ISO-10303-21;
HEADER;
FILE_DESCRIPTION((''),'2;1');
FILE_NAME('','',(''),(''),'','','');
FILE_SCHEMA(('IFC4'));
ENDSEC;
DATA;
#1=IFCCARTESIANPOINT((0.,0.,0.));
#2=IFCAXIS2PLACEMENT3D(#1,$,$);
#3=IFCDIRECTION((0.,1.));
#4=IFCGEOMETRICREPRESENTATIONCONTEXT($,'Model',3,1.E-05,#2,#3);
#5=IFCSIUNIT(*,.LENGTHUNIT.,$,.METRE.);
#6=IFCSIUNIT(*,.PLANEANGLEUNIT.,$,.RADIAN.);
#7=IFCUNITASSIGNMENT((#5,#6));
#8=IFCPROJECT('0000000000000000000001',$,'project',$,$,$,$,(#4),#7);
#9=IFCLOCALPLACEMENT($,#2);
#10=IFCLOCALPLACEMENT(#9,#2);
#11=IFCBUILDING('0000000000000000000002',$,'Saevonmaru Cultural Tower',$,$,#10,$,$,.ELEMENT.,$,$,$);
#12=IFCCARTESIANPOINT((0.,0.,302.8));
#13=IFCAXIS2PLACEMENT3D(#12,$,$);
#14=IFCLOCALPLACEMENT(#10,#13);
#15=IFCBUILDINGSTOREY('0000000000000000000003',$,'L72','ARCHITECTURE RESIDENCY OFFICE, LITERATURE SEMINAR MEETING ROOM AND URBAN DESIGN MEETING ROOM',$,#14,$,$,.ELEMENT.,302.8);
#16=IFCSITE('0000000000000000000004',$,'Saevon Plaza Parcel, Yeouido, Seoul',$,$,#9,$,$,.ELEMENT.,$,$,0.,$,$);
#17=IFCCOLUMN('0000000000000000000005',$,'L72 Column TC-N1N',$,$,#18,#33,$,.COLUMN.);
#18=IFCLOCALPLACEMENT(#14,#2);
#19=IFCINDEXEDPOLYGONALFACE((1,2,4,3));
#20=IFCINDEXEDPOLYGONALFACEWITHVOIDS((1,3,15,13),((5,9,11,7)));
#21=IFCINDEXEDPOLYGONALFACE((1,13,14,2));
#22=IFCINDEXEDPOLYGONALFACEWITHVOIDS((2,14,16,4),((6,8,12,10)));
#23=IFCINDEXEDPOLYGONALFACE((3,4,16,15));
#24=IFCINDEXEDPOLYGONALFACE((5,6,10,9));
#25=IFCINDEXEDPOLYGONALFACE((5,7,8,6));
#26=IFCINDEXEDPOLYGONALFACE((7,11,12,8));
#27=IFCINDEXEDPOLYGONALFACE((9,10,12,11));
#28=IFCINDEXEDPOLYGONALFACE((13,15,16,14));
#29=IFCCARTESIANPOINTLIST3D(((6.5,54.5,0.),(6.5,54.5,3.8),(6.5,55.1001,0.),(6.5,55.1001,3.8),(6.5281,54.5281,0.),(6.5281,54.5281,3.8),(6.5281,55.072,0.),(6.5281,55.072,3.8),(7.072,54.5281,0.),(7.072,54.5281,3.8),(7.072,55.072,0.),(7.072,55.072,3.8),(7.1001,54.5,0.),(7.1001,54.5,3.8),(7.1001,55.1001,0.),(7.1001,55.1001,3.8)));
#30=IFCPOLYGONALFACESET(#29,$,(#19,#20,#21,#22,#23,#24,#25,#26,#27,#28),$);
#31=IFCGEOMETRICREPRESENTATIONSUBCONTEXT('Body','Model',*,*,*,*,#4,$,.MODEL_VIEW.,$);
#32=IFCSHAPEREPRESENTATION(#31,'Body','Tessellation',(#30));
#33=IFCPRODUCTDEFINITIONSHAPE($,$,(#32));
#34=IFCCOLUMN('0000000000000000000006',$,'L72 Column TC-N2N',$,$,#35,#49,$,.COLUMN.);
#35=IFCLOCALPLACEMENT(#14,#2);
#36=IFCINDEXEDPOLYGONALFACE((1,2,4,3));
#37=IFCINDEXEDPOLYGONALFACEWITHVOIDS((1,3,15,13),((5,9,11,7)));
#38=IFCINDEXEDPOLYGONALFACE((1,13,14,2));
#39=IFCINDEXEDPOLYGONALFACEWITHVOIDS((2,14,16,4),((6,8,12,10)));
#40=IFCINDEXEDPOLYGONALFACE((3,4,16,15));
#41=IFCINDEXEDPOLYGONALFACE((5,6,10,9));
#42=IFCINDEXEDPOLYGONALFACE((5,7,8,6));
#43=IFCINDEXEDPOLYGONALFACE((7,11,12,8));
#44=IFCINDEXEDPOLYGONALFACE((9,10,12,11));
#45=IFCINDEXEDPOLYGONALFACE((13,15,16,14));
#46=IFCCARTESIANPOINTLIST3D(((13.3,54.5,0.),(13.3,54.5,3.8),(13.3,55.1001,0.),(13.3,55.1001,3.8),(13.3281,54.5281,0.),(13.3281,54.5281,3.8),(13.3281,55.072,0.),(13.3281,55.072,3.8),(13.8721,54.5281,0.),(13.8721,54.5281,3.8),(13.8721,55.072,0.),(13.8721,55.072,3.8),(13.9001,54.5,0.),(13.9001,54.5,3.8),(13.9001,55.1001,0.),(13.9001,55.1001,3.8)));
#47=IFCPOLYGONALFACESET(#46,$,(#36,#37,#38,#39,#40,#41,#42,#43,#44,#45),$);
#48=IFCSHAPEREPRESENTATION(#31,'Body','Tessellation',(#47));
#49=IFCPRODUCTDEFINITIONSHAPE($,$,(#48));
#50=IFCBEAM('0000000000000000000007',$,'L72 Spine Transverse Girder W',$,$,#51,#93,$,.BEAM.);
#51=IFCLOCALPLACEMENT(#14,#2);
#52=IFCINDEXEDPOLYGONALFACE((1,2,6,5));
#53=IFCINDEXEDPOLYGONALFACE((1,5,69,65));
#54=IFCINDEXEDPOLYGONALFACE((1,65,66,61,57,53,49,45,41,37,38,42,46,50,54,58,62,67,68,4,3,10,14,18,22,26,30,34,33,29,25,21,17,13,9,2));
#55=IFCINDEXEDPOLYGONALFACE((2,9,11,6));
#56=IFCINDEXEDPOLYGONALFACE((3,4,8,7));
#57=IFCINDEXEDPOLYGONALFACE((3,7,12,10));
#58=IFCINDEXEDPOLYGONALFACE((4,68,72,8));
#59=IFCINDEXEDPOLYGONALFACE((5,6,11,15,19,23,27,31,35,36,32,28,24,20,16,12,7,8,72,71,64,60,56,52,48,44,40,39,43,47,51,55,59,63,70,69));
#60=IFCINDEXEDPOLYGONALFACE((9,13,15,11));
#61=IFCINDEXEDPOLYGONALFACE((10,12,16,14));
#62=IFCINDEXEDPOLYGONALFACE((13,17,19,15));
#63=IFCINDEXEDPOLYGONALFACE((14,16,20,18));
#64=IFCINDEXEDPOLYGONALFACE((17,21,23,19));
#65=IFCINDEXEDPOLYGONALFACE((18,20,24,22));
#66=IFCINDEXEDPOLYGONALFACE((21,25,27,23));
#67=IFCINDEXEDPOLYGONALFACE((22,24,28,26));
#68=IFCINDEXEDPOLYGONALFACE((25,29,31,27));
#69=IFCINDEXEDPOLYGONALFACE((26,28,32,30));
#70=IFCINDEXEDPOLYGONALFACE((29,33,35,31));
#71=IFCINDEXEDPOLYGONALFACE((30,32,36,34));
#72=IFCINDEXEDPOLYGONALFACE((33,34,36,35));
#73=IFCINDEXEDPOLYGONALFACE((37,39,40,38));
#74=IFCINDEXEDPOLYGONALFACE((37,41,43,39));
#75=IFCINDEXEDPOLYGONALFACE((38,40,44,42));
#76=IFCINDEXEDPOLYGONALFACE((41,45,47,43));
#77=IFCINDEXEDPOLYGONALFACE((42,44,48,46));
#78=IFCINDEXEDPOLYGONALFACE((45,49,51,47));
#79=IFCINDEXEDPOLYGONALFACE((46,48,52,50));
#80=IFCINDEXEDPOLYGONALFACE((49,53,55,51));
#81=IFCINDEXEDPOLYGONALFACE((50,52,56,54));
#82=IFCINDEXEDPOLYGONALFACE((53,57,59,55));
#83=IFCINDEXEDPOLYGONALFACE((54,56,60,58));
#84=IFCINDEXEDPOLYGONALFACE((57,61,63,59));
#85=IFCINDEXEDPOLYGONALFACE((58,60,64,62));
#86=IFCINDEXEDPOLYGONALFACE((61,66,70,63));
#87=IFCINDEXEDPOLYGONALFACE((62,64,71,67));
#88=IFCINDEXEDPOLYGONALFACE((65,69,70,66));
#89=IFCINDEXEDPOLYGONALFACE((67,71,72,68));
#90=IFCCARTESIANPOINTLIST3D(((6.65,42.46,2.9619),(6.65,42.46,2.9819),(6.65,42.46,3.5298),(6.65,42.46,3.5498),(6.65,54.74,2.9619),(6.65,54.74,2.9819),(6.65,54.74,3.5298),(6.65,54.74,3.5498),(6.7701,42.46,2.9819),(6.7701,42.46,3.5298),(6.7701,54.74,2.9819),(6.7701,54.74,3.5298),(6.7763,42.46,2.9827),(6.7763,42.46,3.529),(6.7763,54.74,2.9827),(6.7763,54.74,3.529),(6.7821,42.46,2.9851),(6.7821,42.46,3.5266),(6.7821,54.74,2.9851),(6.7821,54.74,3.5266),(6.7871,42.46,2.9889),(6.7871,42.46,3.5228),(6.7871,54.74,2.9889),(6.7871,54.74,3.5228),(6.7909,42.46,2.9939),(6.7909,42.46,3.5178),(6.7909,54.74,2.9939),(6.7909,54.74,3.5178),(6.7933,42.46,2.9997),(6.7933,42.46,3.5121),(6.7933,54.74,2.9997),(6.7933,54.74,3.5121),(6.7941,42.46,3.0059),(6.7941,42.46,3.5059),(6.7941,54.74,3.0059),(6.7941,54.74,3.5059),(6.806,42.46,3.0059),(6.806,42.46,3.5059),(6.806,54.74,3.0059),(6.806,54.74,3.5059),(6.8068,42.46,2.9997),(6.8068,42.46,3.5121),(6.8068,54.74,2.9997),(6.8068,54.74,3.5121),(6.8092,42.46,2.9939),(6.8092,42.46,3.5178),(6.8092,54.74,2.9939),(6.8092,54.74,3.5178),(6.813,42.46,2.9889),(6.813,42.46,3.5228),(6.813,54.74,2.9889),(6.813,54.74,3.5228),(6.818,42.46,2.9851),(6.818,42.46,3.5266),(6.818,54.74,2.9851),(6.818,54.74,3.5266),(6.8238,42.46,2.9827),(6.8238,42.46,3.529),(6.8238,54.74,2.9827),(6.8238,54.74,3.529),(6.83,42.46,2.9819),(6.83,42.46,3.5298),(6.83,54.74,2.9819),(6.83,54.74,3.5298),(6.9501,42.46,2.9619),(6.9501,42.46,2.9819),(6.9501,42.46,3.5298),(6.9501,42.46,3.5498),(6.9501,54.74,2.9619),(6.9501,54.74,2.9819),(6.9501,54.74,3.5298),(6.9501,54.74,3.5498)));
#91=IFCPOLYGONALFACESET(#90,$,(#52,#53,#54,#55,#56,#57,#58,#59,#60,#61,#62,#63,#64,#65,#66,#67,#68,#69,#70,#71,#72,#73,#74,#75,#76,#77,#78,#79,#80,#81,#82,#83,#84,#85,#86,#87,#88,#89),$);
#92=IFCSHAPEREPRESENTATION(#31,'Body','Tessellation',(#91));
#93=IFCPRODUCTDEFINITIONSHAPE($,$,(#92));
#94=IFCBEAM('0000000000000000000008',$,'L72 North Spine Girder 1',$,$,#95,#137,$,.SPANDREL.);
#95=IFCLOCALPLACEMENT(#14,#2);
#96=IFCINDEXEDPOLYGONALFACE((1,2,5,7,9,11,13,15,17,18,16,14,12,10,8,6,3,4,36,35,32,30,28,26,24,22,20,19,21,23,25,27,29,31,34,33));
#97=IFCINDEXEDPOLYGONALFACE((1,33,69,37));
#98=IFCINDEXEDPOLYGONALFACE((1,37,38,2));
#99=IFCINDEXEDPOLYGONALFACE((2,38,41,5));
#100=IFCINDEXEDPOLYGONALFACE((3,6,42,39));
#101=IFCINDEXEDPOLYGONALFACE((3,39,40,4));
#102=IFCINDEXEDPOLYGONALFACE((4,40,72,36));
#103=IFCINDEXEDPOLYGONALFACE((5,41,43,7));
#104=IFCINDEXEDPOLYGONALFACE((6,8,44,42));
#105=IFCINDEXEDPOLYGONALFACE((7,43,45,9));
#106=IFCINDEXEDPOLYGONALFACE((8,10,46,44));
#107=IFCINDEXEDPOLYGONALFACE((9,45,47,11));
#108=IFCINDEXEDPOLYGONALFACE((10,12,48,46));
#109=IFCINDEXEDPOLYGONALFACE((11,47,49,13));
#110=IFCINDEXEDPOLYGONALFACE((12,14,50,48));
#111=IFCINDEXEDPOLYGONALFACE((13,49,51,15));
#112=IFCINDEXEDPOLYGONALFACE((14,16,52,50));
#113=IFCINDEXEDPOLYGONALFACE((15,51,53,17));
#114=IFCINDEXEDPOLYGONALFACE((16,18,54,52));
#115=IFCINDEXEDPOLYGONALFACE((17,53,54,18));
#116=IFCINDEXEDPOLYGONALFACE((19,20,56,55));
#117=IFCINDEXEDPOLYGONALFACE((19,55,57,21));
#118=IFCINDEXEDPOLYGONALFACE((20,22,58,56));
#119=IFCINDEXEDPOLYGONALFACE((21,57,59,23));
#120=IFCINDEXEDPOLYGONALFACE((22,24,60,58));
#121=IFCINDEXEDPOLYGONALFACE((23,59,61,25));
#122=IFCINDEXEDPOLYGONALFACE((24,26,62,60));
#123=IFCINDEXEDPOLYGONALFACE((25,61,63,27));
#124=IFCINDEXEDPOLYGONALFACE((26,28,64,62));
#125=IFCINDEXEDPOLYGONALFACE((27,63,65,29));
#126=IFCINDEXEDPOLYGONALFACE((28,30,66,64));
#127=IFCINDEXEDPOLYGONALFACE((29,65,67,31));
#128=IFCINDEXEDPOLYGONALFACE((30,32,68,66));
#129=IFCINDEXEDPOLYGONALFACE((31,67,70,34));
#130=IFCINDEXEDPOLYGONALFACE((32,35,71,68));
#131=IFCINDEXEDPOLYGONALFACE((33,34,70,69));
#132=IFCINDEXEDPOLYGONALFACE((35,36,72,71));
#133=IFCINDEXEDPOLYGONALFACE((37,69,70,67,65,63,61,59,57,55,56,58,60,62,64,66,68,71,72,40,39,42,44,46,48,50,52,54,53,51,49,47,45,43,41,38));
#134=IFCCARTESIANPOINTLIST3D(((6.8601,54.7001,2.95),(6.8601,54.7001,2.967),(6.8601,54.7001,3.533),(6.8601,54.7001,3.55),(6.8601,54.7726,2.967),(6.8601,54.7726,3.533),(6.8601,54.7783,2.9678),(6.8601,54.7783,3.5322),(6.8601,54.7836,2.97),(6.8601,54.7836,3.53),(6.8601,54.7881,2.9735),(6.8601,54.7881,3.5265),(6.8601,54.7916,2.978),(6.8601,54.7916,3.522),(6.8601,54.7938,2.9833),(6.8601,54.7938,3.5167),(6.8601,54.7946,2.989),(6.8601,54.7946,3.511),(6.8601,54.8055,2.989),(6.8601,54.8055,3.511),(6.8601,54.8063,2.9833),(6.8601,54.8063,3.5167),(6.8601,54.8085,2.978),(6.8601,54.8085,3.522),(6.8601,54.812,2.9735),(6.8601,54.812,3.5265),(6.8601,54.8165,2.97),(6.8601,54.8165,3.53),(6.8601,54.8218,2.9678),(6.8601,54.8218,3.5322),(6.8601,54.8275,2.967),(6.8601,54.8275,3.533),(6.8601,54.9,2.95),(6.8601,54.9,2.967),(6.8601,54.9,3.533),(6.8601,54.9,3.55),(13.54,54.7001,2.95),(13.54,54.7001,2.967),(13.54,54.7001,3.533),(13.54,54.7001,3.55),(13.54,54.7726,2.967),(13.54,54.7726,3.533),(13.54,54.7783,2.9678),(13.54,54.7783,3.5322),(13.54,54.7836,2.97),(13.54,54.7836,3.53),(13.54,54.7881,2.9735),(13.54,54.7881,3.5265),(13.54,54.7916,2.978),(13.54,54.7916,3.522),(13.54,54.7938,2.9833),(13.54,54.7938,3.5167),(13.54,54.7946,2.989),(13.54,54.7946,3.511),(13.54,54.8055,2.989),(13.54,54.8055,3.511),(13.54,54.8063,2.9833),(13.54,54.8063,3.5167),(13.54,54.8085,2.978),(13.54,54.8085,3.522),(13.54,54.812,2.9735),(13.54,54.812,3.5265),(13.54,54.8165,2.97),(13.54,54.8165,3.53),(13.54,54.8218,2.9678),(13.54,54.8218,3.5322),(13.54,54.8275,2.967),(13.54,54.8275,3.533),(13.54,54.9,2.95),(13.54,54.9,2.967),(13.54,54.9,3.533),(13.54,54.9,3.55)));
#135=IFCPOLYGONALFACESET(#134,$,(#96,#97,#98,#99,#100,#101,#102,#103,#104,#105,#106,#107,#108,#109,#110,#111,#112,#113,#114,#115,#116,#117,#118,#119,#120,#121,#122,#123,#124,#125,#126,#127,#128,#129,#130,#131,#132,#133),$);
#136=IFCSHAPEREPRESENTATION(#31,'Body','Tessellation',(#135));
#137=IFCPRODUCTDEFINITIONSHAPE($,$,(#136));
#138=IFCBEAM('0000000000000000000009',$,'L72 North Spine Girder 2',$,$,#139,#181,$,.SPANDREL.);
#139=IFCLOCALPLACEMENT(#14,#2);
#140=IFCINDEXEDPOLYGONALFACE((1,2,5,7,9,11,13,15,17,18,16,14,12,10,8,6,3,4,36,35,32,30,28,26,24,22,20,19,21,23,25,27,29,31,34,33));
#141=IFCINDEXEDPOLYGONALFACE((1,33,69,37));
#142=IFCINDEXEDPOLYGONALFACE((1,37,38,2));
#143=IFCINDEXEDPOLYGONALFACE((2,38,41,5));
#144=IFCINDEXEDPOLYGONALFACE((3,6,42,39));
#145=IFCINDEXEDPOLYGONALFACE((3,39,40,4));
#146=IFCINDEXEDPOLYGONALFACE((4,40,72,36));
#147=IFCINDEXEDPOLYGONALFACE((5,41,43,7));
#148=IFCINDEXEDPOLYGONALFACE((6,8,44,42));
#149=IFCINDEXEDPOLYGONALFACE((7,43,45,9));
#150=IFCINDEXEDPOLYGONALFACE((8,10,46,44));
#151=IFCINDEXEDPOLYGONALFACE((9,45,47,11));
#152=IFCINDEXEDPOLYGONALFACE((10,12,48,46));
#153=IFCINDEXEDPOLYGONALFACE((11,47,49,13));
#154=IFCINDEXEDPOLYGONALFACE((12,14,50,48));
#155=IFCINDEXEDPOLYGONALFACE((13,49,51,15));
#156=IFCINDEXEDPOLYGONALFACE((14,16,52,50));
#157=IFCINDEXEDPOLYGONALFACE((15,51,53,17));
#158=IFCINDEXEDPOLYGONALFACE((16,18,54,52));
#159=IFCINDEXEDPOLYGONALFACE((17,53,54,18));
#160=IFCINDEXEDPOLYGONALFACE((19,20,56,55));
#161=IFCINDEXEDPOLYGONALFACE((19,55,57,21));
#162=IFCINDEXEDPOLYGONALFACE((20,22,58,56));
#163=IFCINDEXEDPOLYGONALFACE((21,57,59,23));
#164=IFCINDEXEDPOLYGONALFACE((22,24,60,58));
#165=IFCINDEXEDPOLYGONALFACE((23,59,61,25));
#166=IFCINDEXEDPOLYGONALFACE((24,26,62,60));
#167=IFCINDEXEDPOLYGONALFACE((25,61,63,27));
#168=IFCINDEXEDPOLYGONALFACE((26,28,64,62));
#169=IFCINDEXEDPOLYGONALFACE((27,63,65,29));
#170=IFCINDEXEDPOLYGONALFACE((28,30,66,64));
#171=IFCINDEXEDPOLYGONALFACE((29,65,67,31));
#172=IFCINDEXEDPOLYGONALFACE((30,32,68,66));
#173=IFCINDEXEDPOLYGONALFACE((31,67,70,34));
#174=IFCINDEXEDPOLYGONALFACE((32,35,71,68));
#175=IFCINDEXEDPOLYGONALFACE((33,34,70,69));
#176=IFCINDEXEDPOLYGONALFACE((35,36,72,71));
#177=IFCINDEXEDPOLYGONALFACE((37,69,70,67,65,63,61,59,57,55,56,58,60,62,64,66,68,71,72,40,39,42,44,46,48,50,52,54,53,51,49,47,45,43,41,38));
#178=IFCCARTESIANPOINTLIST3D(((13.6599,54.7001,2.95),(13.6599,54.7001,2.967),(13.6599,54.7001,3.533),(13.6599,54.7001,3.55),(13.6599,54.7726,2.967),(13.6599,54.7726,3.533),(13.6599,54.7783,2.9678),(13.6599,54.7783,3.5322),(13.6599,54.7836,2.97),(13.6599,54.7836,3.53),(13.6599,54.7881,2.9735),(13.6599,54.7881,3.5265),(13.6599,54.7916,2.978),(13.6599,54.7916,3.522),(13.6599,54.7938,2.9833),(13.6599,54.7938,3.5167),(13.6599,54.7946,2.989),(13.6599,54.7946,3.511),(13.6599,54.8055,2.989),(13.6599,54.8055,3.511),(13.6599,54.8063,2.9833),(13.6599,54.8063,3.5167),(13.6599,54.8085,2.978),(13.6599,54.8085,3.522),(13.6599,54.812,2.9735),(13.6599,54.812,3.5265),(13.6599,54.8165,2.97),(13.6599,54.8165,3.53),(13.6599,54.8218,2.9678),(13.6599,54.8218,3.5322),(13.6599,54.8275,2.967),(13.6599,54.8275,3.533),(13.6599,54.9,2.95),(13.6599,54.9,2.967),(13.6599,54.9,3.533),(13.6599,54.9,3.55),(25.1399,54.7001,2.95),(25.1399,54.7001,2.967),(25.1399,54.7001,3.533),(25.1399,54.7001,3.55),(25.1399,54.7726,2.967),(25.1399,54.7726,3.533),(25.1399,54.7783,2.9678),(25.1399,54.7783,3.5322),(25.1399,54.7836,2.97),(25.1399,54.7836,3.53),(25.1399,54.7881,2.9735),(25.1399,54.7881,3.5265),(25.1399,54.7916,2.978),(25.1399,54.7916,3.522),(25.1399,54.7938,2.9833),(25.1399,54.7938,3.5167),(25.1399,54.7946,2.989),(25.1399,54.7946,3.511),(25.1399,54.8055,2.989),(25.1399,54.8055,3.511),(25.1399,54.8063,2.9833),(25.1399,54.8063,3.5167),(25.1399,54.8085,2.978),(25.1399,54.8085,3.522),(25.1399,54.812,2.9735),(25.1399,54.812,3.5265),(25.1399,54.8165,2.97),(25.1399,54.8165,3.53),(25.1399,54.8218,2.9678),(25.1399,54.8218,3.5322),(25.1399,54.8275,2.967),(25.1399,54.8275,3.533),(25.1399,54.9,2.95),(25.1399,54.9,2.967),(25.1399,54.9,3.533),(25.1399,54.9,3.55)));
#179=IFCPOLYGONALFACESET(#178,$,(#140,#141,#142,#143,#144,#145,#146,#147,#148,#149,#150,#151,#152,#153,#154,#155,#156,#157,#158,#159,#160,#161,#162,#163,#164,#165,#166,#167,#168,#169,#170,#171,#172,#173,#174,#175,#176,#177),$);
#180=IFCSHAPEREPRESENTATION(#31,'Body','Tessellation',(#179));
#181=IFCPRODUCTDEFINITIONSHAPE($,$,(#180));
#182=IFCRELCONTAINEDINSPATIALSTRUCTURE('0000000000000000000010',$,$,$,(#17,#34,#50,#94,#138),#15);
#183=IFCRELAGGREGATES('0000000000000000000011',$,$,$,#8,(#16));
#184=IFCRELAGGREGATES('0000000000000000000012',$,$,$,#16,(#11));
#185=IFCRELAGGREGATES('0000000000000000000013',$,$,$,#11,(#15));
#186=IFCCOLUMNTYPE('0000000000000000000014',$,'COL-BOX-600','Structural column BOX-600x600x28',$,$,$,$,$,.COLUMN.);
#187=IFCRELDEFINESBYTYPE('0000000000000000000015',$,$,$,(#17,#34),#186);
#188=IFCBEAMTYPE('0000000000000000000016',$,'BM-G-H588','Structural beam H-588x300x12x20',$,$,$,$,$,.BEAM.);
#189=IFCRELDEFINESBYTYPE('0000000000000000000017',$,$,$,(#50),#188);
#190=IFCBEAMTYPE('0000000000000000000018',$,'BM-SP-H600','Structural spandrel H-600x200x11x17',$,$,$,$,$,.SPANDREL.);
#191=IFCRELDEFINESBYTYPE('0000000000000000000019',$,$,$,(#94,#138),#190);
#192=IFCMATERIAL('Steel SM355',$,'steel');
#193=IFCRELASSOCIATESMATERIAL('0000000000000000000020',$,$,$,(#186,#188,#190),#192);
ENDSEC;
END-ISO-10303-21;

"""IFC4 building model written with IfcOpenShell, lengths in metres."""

from ifc_helpers import new_model, si_unit, direction, frame, origin, origin_2d, place, context, subcontext, project, spatial, hollow_rectangle, i_section, extrude, material, material_profile, profile_set, type_object, element, save


model = new_model("IFC4")

# Units and contexts
model_context = context("Model", 3, precision=1e-05, world=origin(), true_north=direction((0.0, 1.0)))
body_context = subcontext(model_context, "Body", "Model", "MODEL_VIEW")
ifc_project = project(units=[si_unit("LENGTHUNIT", "METRE"), si_unit("PLANEANGLEUNIT", "RADIAN")], contexts=[model_context])

# Site, building, storey
site_placement = place(None, origin())
site = spatial("IfcSite", under=ifc_project, at=site_placement, Name="Saevon Plaza Parcel, Yeouido, Seoul", CompositionType="ELEMENT", RefElevation=0.0)
building_placement = place(site_placement, origin())
building = spatial("IfcBuilding", under=site, at=building_placement, Name="Saevonmaru Cultural Tower", CompositionType="ELEMENT")
storey_placement = place(building_placement, frame((0.0, 0.0, 302.8)))
storey = spatial("IfcBuildingStorey", under=building, at=storey_placement, Name="L72", Description="ARCHITECTURE RESIDENCY OFFICE, LITERATURE SEMINAR MEETING ROOM AND URBAN DESIGN MEETING ROOM", CompositionType="ELEMENT", Elevation=302.8)

# Columns
ifc_material_1 = material(Name="Steel SM355", Category="steel")
ifc_material_profile_1 = material_profile(ifc_material_1, hollow_rectangle(XDim=0.6001, YDim=0.6001, WallThickness=0.0281, at=origin_2d()), Name="BOX-600x600x28")
ifc_profile_set_1 = profile_set([ifc_material_profile_1], Name="Steel SM355")
column_type = type_object("IfcColumnType", Name="COL-BOX-600", Description="Structural column BOX-600x600x28", PredefinedType="COLUMN", material=ifc_profile_set_1)
for number, where, z_axis, x_axis, name in (
    (1, (6.8, 54.8, 0.0), (0.0, 0.0, 1.0), (1.0, 0.0, 0.0), "L72 Column TC-N1N"),
    (2, (13.6001, 54.8, 0.0), (0.0, 0.0, 1.0), (1.0, 0.0, 0.0), "L72 Column TC-N2N"),
):
    element("IfcColumn", number, at=place(storey_placement, frame(where, z_axis=z_axis, x_axis=x_axis)), inside=storey, type_object=column_type, Name=name, PredefinedType="COLUMN", context=body_context, shape_type="SweptSolid", body=[
        extrude(hollow_rectangle(XDim=0.6001, YDim=0.6001, WallThickness=0.0281, at=origin_2d()), origin(), (0.0, 0.0, 1.0), 3.8),
    ])

# Beams
ifc_material_profile_2 = material_profile(ifc_material_1, i_section(OverallWidth=0.3, OverallDepth=0.5879, WebThickness=0.012, FlangeThickness=0.02, FilletRadius=0.0239, at=origin_2d()), Name="H-588x300x12x20")
ifc_profile_set_2 = profile_set([ifc_material_profile_2], Name="Steel SM355")
beam_type_1 = type_object("IfcBeamType", Name="BM-G-H588", Description="Structural beam H-588x300x12x20", PredefinedType="BEAM", material=ifc_profile_set_2)
beam_1_placement = place(storey_placement, frame((6.8, 54.74, 3.2559), z_axis=(0.0, -1.0, 0.0), x_axis=(1.0, 0.0, 0.0)))
element("IfcBeam", 3, at=beam_1_placement, inside=storey, type_object=beam_type_1, Name="L72 Spine Transverse Girder W", PredefinedType="BEAM", context=body_context, shape_type="SweptSolid", body=[
    extrude(i_section(OverallWidth=0.3, OverallDepth=0.5879, WebThickness=0.012, FlangeThickness=0.02, FilletRadius=0.0239, at=origin_2d()), origin(), (0.0, 0.0, 1.0), 12.28),
])
ifc_material_profile_3 = material_profile(ifc_material_1, i_section(OverallWidth=0.2, OverallDepth=0.6001, WebThickness=0.011, FlangeThickness=0.0171, FilletRadius=0.022, at=origin_2d()), Name="H-600x200x11x17")
ifc_profile_set_3 = profile_set([ifc_material_profile_3], Name="Steel SM355")
beam_type_2 = type_object("IfcBeamType", Name="BM-SP-H600", Description="Structural spandrel H-600x200x11x17", PredefinedType="SPANDREL", material=ifc_profile_set_3)
beam_2_placement = place(storey_placement, frame((6.8601, 54.8, 3.25), z_axis=(1.0, 0.0, 0.0), x_axis=(0.0, 1.0, 0.0)))
element("IfcBeam", 4, at=beam_2_placement, inside=storey, type_object=beam_type_2, Name="L72 North Spine Girder 1", PredefinedType="SPANDREL", context=body_context, shape_type="SweptSolid", body=[
    extrude(i_section(OverallWidth=0.2, OverallDepth=0.6001, WebThickness=0.011, FlangeThickness=0.0171, FilletRadius=0.022, at=origin_2d()), origin(), (0.0, 0.0, 1.0), 6.6799),
])
beam_3_placement = place(storey_placement, frame((13.6599, 54.8, 3.25), z_axis=(1.0, 0.0, 0.0), x_axis=(0.0, 1.0, 0.0)))
element("IfcBeam", 5, at=beam_3_placement, inside=storey, type_object=beam_type_2, Name="L72 North Spine Girder 2", PredefinedType="SPANDREL", context=body_context, shape_type="SweptSolid", body=[
    extrude(i_section(OverallWidth=0.2, OverallDepth=0.6001, WebThickness=0.011, FlangeThickness=0.0171, FilletRadius=0.022, at=origin_2d()), origin(), (0.0, 0.0, 1.0), 11.48),
])

save(model, "model.ifc")
